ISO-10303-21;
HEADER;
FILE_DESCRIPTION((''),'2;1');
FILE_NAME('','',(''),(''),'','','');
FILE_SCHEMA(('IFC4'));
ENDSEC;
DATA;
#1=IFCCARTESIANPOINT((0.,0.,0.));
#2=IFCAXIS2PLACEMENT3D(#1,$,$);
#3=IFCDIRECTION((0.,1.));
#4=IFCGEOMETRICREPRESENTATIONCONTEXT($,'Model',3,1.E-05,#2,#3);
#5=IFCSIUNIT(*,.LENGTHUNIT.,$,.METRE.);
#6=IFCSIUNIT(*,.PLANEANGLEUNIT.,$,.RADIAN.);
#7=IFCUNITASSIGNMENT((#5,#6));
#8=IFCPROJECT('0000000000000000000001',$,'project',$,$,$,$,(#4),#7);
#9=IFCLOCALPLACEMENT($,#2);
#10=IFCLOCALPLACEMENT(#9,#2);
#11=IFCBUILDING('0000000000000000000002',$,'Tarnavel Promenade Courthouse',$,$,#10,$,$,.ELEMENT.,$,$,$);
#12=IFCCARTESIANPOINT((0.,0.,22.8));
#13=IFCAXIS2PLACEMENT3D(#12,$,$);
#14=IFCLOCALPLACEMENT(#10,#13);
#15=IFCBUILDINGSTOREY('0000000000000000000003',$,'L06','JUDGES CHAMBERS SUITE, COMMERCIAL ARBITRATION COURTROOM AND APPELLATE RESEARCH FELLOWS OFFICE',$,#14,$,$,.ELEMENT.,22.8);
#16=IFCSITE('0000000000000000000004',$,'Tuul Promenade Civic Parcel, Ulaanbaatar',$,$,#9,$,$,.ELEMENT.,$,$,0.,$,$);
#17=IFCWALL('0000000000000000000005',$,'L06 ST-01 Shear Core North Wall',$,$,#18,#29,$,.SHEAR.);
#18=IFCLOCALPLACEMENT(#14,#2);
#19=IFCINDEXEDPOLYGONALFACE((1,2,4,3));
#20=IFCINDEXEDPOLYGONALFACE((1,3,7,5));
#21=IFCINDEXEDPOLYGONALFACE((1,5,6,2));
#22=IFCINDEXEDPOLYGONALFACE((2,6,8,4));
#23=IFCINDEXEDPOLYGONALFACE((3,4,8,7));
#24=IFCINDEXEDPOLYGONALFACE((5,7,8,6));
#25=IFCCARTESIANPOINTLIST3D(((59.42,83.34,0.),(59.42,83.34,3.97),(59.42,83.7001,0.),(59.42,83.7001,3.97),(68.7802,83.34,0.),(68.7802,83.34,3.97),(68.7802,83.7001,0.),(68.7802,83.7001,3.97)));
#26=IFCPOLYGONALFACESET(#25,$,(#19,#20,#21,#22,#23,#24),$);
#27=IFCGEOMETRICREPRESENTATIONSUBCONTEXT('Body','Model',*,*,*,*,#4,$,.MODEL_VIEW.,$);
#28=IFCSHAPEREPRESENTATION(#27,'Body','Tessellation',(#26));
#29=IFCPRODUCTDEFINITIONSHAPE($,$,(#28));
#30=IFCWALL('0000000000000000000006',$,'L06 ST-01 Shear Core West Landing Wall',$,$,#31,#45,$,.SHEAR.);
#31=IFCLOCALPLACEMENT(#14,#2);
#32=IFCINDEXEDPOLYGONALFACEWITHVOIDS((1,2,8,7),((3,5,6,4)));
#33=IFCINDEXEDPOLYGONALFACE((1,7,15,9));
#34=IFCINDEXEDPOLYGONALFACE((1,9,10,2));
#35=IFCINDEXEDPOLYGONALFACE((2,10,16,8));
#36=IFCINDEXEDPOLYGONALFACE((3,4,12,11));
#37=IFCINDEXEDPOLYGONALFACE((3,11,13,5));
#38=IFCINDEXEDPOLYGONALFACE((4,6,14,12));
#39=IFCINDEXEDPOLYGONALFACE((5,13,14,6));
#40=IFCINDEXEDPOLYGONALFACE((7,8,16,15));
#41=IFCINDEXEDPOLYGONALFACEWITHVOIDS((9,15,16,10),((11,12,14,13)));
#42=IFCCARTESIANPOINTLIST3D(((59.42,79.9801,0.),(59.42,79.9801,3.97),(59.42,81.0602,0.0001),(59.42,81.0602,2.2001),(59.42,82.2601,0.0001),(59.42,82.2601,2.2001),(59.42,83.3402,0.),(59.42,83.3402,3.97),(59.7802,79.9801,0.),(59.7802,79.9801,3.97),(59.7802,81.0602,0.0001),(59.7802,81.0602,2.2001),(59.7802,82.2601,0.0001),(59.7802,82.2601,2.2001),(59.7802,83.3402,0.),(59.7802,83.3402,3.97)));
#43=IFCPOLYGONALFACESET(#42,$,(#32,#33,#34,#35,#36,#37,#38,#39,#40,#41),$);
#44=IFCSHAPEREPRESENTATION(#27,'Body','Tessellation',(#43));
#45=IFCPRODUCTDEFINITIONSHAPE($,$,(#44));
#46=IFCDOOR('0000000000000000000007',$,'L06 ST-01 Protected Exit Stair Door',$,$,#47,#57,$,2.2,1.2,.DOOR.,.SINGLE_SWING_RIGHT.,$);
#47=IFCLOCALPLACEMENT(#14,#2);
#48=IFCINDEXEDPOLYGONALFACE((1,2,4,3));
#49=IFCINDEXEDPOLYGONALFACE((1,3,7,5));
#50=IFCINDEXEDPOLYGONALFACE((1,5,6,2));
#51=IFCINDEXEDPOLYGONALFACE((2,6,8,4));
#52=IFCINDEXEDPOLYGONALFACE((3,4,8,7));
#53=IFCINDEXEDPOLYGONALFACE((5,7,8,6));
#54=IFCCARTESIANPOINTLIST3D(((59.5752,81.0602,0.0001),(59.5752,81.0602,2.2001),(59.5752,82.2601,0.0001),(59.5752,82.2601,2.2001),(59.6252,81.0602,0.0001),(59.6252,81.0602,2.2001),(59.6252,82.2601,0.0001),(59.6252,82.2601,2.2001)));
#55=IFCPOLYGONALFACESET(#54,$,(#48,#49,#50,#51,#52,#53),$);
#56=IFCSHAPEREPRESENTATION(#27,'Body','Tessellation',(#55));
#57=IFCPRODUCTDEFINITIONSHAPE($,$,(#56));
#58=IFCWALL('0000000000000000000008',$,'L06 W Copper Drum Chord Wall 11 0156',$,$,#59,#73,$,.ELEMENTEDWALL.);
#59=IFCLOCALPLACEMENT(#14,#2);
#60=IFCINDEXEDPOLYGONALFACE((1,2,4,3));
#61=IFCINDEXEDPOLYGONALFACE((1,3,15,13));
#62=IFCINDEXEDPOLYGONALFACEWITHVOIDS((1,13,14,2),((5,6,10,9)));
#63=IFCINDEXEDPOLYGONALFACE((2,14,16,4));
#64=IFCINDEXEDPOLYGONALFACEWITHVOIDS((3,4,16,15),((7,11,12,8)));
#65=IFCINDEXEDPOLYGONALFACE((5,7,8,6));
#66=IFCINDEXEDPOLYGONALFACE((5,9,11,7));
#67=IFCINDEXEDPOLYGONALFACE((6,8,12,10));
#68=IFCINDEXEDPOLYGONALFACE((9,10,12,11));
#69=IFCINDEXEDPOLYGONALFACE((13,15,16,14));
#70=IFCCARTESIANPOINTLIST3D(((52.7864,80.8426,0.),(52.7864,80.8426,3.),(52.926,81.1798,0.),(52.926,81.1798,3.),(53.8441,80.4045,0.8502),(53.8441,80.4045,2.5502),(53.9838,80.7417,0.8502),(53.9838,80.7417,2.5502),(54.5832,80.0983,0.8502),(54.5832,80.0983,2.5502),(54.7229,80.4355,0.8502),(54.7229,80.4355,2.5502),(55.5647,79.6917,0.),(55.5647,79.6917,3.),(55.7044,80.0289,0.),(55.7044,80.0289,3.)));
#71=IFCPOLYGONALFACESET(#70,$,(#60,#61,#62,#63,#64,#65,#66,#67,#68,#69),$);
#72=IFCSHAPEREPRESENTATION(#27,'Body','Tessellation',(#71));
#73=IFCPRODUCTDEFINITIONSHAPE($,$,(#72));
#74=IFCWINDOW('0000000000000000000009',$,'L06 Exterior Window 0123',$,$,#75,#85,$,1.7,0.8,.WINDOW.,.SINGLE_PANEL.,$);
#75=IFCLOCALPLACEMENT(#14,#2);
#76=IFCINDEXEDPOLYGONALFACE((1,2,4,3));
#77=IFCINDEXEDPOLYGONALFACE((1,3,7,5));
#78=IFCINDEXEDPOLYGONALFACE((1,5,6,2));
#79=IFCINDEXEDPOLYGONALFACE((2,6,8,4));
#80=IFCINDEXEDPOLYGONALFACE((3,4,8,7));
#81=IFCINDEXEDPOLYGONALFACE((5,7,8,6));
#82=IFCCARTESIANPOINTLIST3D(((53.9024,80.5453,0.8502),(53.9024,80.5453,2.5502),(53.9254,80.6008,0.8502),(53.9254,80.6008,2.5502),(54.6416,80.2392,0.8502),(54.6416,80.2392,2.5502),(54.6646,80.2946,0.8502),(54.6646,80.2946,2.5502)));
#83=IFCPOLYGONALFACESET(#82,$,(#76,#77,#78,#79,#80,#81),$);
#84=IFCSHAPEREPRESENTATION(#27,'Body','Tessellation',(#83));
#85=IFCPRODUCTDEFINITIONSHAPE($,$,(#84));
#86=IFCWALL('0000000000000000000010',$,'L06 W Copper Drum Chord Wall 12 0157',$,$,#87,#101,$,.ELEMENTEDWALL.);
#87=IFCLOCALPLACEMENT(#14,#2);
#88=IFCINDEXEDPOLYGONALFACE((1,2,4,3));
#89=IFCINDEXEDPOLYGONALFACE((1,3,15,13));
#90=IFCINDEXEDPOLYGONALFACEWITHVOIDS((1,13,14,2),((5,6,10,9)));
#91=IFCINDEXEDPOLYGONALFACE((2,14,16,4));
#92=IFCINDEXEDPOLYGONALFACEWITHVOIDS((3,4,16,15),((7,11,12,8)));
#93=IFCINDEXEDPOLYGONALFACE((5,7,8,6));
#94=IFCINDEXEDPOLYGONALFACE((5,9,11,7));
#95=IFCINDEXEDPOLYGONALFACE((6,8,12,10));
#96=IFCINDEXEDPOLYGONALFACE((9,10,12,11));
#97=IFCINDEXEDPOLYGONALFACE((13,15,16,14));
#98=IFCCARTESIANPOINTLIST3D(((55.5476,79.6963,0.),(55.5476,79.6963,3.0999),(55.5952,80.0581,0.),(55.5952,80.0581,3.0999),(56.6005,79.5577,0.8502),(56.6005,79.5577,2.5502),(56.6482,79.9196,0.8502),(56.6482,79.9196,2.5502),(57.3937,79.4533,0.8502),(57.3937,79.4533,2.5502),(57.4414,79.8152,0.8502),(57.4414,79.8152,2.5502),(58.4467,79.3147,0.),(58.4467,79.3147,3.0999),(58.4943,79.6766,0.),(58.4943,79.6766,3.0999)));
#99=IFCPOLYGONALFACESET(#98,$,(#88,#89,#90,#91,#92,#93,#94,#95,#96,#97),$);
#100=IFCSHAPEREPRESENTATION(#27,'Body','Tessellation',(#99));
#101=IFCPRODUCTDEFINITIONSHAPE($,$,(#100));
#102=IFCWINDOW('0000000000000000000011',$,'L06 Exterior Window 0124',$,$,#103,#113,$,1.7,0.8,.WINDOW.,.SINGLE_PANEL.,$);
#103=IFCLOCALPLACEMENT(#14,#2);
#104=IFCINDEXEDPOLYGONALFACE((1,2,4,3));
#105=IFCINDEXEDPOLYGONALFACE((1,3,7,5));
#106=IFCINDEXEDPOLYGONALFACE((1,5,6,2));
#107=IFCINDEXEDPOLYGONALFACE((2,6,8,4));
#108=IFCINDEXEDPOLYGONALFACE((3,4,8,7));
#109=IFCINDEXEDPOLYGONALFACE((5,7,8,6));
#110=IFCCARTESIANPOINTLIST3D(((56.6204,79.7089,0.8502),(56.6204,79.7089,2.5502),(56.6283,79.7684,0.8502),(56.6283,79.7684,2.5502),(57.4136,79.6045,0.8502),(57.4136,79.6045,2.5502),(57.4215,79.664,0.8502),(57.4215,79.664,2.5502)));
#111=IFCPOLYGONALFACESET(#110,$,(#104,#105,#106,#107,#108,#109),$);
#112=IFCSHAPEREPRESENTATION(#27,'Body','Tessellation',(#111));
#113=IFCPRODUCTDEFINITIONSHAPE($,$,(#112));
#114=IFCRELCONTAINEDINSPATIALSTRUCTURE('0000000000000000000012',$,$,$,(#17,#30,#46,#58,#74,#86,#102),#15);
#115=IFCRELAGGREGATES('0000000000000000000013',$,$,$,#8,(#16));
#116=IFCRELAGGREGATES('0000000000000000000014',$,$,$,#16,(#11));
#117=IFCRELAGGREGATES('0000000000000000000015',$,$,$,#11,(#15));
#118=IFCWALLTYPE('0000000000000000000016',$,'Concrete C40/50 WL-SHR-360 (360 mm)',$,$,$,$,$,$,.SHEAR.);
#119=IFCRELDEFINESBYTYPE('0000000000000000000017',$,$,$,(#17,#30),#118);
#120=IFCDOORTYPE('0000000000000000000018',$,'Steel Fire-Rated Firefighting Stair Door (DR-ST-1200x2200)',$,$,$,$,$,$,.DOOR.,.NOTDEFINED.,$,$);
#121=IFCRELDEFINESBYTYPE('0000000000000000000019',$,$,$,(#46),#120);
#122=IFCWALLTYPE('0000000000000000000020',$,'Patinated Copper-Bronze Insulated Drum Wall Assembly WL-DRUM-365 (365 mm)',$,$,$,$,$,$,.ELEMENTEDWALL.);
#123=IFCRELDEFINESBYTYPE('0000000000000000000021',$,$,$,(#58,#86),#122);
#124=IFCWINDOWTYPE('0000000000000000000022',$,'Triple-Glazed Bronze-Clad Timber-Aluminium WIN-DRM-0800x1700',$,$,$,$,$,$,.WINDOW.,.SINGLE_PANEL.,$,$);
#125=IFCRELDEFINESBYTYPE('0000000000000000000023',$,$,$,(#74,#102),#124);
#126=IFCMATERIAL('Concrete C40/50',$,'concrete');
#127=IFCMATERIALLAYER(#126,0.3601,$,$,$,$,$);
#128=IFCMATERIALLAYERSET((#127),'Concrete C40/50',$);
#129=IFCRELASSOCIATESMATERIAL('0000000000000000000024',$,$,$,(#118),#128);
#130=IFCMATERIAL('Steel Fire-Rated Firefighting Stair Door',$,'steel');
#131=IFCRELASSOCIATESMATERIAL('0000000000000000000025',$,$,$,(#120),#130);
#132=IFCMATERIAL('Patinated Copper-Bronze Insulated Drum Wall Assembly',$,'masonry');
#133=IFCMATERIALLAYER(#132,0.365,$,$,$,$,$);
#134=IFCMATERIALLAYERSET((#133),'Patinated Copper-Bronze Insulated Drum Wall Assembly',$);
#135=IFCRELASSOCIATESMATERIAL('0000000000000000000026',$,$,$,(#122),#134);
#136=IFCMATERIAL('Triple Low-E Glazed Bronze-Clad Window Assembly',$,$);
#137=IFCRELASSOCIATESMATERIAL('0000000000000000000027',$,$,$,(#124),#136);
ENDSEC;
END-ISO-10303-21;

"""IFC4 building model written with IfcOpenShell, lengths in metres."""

from ifc_helpers import new_model, si_unit, direction, frame, frame_2d, origin, place, context, subcontext, project, spatial, rectangle, extrude, material, layer, layer_set, type_object, element, fill, save


model = new_model("IFC4")

# Units and contexts
model_context = context("Model", 3, precision=1e-05, world=origin(), true_north=direction((0.0, 1.0)))
body_context = subcontext(model_context, "Body", "Model", "MODEL_VIEW")
ifc_project = project(units=[si_unit("LENGTHUNIT", "METRE"), si_unit("PLANEANGLEUNIT", "RADIAN")], contexts=[model_context])

# Site, building, storey
site_placement = place(None, origin())
site = spatial("IfcSite", under=ifc_project, at=site_placement, Name="Tuul Promenade Civic Parcel, Ulaanbaatar", CompositionType="ELEMENT", RefElevation=0.0)
building_placement = place(site_placement, origin())
building = spatial("IfcBuilding", under=site, at=building_placement, Name="Tarnavel Promenade Courthouse", CompositionType="ELEMENT")
storey_placement = place(building_placement, frame((0.0, 0.0, 22.8)))
storey = spatial("IfcBuildingStorey", under=building, at=storey_placement, Name="L06", Description="JUDGES CHAMBERS SUITE, COMMERCIAL ARBITRATION COURTROOM AND APPELLATE RESEARCH FELLOWS OFFICE", CompositionType="ELEMENT", Elevation=22.8)

# Shared definitions
ifc_material_1 = material(Name="Concrete C40/50", Category="concrete")

# Wall
ifc_layer_1 = layer(ifc_material_1, 0.3601)
ifc_layer_set_1 = layer_set([ifc_layer_1], Name="Concrete C40/50")
wall_type_1 = type_object("IfcWallType", Name="Concrete C40/50 WL-SHR-360 (360 mm)", PredefinedType="SHEAR", material=ifc_layer_set_1)
wall_1_placement = place(storey_placement, frame((59.4199, 83.52, 0.0), z_axis=(0.0, 0.0, 1.0), x_axis=(1.0, 0.0, 0.0)))
element("IfcWall", 1, at=wall_1_placement, inside=storey, type_object=wall_type_1, Name="L06 ST-01 Shear Core North Wall", PredefinedType="SHEAR", context=body_context, shape_type="SweptSolid", body=[
    extrude(rectangle(XDim=9.3601, YDim=0.3601, at=frame_2d((4.6802, 0.0))), origin(), (0.0, 0.0, 1.0), 3.97),
])

# Wall, opening, door
wall_2_placement = place(storey_placement, frame((59.6001, 79.98, 0.0), z_axis=(0.0, 0.0, 1.0), x_axis=(0.0, 1.0, 0.0)))
wall_2 = element("IfcWall", 2, at=wall_2_placement, inside=storey, type_object=wall_type_1, Name="L06 ST-01 Shear Core West Landing Wall", PredefinedType="SHEAR", context=body_context, shape_type="SweptSolid", body=[
    extrude(rectangle(XDim=3.3601, YDim=0.3601, at=frame_2d((1.6802, 0.0))), origin(), (0.0, 0.0, 1.0), 3.97),
])
opening_1_placement = place(wall_2_placement, frame((1.0801, 0.0, 0.0)))
opening_1 = element("IfcOpeningElement", 3, at=opening_1_placement, cuts=wall_2, PredefinedType="OPENING", context=body_context, shape_type="SweptSolid", body=[
    extrude(rectangle(XDim=1.2, YDim=2.2, at=frame_2d((0.6001, 1.1001))), frame((0.0, 0.1899, 0.0), z_axis=(0.0, -1.0, 0.0), x_axis=(1.0, 0.0, 0.0)), (0.0, 0.0, 1.0), 0.3801),
])
ifc_material_2 = material(Name="Steel Fire-Rated Firefighting Stair Door", Category="steel")
door_type = type_object("IfcDoorType", Name="Steel Fire-Rated Firefighting Stair Door (DR-ST-1200x2200)", OperationType="NOTDEFINED", PredefinedType="DOOR", material=ifc_material_2)
door_placement = place(opening_1_placement, origin())
door = element("IfcDoor", 4, at=door_placement, inside=storey, type_object=door_type, Name="L06 ST-01 Protected Exit Stair Door", OperationType="SINGLE_SWING_RIGHT", OverallHeight=2.2, OverallWidth=1.2, PredefinedType="DOOR", context=body_context, shape_type="SweptSolid", body=[
    extrude(rectangle(XDim=1.2, YDim=2.2, at=frame_2d((0.6001, 1.1001))), frame((0.0, 0.0249, 0.0), z_axis=(0.0, -1.0, 0.0), x_axis=(1.0, 0.0, 0.0)), (0.0, 0.0, 1.0), 0.05),
])
fill(opening_1, door)

# Walls, openings, windows
ifc_material_3 = material(Name="Patinated Copper-Bronze Insulated Drum Wall Assembly", Category="masonry")
ifc_layer_2 = layer(ifc_material_3, 0.365)
ifc_layer_set_2 = layer_set([ifc_layer_2], Name="Patinated Copper-Bronze Insulated Drum Wall Assembly")
wall_type_2 = type_object("IfcWallType", Name="Patinated Copper-Bronze Insulated Drum Wall Assembly WL-DRUM-365 (365 mm)", PredefinedType="ELEMENTEDWALL", material=ifc_layer_set_2)
wall_3_placement = place(storey_placement, frame((52.8562, 81.0112, 0.0), z_axis=(0.0, 0.0, 1.0), x_axis=(0.923872, -0.382701, 0.0)))
wall_3 = element("IfcWall", 5, at=wall_3_placement, inside=storey, type_object=wall_type_2, Name="L06 W Copper Drum Chord Wall 11 0156", PredefinedType="ELEMENTEDWALL", context=body_context, shape_type="SweptSolid", body=[
    extrude(rectangle(XDim=3.0073, YDim=0.365, at=frame_2d((1.5037, 0.0))), origin(), (0.0, 0.0, 1.0), 3.0),
])
opening_2_placement = place(wall_3_placement, frame((1.145, 0.0, 0.8501)))
opening_2 = element("IfcOpeningElement", 6, at=opening_2_placement, cuts=wall_3, PredefinedType="OPENING", context=body_context, shape_type="SweptSolid", body=[
    extrude(rectangle(XDim=0.8, YDim=1.7, at=frame_2d((0.3999, 0.8501))), frame((0.0, 0.1924, 0.0), z_axis=(0.0, -1.0, 0.0), x_axis=(1.0, 0.0, 0.0)), (0.0, 0.0, 1.0), 0.385),
])
ifc_material_4 = material(Name="Triple Low-E Glazed Bronze-Clad Window Assembly")
window_type = type_object("IfcWindowType", Name="Triple-Glazed Bronze-Clad Timber-Aluminium WIN-DRM-0800x1700", PartitioningType="SINGLE_PANEL", PredefinedType="WINDOW", material=ifc_material_4)
window_1_placement = place(opening_2_placement, origin())
window_1 = element("IfcWindow", 7, at=window_1_placement, inside=storey, type_object=window_type, Name="L06 Exterior Window 0123", OverallHeight=1.7, OverallWidth=0.8, PartitioningType="SINGLE_PANEL", PredefinedType="WINDOW", context=body_context, shape_type="SweptSolid", body=[
    extrude(rectangle(XDim=0.8, YDim=1.7, at=frame_2d((0.3999, 0.8501))), frame((0.0, 0.03, 0.0), z_axis=(0.0, -1.0, 0.0), x_axis=(1.0, 0.0, 0.0)), (0.0, 0.0, 1.0), 0.0601),
])
fill(opening_2, window_1)
wall_4_placement = place(storey_placement, frame((55.5715, 79.8772, 0.0), z_axis=(0.0, 0.0, 1.0), x_axis=(0.991449, -0.130496, 0.0)))
wall_4 = element("IfcWall", 8, at=wall_4_placement, inside=storey, type_object=wall_type_2, Name="L06 W Copper Drum Chord Wall 12 0157", PredefinedType="ELEMENTEDWALL", context=body_context, shape_type="SweptSolid", body=[
    extrude(rectangle(XDim=2.9241, YDim=0.365, at=frame_2d((1.4619, 0.0))), origin(), (0.0, 0.0, 1.0), 3.0999),
])
opening_3_placement = place(wall_4_placement, frame((1.062, 0.0, 0.8501)))
opening_3 = element("IfcOpeningElement", 9, at=opening_3_placement, cuts=wall_4, PredefinedType="OPENING", context=body_context, shape_type="SweptSolid", body=[
    extrude(rectangle(XDim=0.8, YDim=1.7, at=frame_2d((0.3999, 0.8501))), frame((0.0, 0.1924, 0.0), z_axis=(0.0, -1.0, 0.0), x_axis=(1.0, 0.0, 0.0)), (0.0, 0.0, 1.0), 0.385),
])
window_2_placement = place(opening_3_placement, origin())
window_2 = element("IfcWindow", 10, at=window_2_placement, inside=storey, type_object=window_type, Name="L06 Exterior Window 0124", OverallHeight=1.7, OverallWidth=0.8, PartitioningType="SINGLE_PANEL", PredefinedType="WINDOW", context=body_context, shape_type="SweptSolid", body=[
    extrude(rectangle(XDim=0.8, YDim=1.7, at=frame_2d((0.3999, 0.8501))), frame((0.0, 0.03, 0.0), z_axis=(0.0, -1.0, 0.0), x_axis=(1.0, 0.0, 0.0)), (0.0, 0.0, 1.0), 0.0601),
])
fill(opening_3, window_2)

save(model, "model.ifc")
